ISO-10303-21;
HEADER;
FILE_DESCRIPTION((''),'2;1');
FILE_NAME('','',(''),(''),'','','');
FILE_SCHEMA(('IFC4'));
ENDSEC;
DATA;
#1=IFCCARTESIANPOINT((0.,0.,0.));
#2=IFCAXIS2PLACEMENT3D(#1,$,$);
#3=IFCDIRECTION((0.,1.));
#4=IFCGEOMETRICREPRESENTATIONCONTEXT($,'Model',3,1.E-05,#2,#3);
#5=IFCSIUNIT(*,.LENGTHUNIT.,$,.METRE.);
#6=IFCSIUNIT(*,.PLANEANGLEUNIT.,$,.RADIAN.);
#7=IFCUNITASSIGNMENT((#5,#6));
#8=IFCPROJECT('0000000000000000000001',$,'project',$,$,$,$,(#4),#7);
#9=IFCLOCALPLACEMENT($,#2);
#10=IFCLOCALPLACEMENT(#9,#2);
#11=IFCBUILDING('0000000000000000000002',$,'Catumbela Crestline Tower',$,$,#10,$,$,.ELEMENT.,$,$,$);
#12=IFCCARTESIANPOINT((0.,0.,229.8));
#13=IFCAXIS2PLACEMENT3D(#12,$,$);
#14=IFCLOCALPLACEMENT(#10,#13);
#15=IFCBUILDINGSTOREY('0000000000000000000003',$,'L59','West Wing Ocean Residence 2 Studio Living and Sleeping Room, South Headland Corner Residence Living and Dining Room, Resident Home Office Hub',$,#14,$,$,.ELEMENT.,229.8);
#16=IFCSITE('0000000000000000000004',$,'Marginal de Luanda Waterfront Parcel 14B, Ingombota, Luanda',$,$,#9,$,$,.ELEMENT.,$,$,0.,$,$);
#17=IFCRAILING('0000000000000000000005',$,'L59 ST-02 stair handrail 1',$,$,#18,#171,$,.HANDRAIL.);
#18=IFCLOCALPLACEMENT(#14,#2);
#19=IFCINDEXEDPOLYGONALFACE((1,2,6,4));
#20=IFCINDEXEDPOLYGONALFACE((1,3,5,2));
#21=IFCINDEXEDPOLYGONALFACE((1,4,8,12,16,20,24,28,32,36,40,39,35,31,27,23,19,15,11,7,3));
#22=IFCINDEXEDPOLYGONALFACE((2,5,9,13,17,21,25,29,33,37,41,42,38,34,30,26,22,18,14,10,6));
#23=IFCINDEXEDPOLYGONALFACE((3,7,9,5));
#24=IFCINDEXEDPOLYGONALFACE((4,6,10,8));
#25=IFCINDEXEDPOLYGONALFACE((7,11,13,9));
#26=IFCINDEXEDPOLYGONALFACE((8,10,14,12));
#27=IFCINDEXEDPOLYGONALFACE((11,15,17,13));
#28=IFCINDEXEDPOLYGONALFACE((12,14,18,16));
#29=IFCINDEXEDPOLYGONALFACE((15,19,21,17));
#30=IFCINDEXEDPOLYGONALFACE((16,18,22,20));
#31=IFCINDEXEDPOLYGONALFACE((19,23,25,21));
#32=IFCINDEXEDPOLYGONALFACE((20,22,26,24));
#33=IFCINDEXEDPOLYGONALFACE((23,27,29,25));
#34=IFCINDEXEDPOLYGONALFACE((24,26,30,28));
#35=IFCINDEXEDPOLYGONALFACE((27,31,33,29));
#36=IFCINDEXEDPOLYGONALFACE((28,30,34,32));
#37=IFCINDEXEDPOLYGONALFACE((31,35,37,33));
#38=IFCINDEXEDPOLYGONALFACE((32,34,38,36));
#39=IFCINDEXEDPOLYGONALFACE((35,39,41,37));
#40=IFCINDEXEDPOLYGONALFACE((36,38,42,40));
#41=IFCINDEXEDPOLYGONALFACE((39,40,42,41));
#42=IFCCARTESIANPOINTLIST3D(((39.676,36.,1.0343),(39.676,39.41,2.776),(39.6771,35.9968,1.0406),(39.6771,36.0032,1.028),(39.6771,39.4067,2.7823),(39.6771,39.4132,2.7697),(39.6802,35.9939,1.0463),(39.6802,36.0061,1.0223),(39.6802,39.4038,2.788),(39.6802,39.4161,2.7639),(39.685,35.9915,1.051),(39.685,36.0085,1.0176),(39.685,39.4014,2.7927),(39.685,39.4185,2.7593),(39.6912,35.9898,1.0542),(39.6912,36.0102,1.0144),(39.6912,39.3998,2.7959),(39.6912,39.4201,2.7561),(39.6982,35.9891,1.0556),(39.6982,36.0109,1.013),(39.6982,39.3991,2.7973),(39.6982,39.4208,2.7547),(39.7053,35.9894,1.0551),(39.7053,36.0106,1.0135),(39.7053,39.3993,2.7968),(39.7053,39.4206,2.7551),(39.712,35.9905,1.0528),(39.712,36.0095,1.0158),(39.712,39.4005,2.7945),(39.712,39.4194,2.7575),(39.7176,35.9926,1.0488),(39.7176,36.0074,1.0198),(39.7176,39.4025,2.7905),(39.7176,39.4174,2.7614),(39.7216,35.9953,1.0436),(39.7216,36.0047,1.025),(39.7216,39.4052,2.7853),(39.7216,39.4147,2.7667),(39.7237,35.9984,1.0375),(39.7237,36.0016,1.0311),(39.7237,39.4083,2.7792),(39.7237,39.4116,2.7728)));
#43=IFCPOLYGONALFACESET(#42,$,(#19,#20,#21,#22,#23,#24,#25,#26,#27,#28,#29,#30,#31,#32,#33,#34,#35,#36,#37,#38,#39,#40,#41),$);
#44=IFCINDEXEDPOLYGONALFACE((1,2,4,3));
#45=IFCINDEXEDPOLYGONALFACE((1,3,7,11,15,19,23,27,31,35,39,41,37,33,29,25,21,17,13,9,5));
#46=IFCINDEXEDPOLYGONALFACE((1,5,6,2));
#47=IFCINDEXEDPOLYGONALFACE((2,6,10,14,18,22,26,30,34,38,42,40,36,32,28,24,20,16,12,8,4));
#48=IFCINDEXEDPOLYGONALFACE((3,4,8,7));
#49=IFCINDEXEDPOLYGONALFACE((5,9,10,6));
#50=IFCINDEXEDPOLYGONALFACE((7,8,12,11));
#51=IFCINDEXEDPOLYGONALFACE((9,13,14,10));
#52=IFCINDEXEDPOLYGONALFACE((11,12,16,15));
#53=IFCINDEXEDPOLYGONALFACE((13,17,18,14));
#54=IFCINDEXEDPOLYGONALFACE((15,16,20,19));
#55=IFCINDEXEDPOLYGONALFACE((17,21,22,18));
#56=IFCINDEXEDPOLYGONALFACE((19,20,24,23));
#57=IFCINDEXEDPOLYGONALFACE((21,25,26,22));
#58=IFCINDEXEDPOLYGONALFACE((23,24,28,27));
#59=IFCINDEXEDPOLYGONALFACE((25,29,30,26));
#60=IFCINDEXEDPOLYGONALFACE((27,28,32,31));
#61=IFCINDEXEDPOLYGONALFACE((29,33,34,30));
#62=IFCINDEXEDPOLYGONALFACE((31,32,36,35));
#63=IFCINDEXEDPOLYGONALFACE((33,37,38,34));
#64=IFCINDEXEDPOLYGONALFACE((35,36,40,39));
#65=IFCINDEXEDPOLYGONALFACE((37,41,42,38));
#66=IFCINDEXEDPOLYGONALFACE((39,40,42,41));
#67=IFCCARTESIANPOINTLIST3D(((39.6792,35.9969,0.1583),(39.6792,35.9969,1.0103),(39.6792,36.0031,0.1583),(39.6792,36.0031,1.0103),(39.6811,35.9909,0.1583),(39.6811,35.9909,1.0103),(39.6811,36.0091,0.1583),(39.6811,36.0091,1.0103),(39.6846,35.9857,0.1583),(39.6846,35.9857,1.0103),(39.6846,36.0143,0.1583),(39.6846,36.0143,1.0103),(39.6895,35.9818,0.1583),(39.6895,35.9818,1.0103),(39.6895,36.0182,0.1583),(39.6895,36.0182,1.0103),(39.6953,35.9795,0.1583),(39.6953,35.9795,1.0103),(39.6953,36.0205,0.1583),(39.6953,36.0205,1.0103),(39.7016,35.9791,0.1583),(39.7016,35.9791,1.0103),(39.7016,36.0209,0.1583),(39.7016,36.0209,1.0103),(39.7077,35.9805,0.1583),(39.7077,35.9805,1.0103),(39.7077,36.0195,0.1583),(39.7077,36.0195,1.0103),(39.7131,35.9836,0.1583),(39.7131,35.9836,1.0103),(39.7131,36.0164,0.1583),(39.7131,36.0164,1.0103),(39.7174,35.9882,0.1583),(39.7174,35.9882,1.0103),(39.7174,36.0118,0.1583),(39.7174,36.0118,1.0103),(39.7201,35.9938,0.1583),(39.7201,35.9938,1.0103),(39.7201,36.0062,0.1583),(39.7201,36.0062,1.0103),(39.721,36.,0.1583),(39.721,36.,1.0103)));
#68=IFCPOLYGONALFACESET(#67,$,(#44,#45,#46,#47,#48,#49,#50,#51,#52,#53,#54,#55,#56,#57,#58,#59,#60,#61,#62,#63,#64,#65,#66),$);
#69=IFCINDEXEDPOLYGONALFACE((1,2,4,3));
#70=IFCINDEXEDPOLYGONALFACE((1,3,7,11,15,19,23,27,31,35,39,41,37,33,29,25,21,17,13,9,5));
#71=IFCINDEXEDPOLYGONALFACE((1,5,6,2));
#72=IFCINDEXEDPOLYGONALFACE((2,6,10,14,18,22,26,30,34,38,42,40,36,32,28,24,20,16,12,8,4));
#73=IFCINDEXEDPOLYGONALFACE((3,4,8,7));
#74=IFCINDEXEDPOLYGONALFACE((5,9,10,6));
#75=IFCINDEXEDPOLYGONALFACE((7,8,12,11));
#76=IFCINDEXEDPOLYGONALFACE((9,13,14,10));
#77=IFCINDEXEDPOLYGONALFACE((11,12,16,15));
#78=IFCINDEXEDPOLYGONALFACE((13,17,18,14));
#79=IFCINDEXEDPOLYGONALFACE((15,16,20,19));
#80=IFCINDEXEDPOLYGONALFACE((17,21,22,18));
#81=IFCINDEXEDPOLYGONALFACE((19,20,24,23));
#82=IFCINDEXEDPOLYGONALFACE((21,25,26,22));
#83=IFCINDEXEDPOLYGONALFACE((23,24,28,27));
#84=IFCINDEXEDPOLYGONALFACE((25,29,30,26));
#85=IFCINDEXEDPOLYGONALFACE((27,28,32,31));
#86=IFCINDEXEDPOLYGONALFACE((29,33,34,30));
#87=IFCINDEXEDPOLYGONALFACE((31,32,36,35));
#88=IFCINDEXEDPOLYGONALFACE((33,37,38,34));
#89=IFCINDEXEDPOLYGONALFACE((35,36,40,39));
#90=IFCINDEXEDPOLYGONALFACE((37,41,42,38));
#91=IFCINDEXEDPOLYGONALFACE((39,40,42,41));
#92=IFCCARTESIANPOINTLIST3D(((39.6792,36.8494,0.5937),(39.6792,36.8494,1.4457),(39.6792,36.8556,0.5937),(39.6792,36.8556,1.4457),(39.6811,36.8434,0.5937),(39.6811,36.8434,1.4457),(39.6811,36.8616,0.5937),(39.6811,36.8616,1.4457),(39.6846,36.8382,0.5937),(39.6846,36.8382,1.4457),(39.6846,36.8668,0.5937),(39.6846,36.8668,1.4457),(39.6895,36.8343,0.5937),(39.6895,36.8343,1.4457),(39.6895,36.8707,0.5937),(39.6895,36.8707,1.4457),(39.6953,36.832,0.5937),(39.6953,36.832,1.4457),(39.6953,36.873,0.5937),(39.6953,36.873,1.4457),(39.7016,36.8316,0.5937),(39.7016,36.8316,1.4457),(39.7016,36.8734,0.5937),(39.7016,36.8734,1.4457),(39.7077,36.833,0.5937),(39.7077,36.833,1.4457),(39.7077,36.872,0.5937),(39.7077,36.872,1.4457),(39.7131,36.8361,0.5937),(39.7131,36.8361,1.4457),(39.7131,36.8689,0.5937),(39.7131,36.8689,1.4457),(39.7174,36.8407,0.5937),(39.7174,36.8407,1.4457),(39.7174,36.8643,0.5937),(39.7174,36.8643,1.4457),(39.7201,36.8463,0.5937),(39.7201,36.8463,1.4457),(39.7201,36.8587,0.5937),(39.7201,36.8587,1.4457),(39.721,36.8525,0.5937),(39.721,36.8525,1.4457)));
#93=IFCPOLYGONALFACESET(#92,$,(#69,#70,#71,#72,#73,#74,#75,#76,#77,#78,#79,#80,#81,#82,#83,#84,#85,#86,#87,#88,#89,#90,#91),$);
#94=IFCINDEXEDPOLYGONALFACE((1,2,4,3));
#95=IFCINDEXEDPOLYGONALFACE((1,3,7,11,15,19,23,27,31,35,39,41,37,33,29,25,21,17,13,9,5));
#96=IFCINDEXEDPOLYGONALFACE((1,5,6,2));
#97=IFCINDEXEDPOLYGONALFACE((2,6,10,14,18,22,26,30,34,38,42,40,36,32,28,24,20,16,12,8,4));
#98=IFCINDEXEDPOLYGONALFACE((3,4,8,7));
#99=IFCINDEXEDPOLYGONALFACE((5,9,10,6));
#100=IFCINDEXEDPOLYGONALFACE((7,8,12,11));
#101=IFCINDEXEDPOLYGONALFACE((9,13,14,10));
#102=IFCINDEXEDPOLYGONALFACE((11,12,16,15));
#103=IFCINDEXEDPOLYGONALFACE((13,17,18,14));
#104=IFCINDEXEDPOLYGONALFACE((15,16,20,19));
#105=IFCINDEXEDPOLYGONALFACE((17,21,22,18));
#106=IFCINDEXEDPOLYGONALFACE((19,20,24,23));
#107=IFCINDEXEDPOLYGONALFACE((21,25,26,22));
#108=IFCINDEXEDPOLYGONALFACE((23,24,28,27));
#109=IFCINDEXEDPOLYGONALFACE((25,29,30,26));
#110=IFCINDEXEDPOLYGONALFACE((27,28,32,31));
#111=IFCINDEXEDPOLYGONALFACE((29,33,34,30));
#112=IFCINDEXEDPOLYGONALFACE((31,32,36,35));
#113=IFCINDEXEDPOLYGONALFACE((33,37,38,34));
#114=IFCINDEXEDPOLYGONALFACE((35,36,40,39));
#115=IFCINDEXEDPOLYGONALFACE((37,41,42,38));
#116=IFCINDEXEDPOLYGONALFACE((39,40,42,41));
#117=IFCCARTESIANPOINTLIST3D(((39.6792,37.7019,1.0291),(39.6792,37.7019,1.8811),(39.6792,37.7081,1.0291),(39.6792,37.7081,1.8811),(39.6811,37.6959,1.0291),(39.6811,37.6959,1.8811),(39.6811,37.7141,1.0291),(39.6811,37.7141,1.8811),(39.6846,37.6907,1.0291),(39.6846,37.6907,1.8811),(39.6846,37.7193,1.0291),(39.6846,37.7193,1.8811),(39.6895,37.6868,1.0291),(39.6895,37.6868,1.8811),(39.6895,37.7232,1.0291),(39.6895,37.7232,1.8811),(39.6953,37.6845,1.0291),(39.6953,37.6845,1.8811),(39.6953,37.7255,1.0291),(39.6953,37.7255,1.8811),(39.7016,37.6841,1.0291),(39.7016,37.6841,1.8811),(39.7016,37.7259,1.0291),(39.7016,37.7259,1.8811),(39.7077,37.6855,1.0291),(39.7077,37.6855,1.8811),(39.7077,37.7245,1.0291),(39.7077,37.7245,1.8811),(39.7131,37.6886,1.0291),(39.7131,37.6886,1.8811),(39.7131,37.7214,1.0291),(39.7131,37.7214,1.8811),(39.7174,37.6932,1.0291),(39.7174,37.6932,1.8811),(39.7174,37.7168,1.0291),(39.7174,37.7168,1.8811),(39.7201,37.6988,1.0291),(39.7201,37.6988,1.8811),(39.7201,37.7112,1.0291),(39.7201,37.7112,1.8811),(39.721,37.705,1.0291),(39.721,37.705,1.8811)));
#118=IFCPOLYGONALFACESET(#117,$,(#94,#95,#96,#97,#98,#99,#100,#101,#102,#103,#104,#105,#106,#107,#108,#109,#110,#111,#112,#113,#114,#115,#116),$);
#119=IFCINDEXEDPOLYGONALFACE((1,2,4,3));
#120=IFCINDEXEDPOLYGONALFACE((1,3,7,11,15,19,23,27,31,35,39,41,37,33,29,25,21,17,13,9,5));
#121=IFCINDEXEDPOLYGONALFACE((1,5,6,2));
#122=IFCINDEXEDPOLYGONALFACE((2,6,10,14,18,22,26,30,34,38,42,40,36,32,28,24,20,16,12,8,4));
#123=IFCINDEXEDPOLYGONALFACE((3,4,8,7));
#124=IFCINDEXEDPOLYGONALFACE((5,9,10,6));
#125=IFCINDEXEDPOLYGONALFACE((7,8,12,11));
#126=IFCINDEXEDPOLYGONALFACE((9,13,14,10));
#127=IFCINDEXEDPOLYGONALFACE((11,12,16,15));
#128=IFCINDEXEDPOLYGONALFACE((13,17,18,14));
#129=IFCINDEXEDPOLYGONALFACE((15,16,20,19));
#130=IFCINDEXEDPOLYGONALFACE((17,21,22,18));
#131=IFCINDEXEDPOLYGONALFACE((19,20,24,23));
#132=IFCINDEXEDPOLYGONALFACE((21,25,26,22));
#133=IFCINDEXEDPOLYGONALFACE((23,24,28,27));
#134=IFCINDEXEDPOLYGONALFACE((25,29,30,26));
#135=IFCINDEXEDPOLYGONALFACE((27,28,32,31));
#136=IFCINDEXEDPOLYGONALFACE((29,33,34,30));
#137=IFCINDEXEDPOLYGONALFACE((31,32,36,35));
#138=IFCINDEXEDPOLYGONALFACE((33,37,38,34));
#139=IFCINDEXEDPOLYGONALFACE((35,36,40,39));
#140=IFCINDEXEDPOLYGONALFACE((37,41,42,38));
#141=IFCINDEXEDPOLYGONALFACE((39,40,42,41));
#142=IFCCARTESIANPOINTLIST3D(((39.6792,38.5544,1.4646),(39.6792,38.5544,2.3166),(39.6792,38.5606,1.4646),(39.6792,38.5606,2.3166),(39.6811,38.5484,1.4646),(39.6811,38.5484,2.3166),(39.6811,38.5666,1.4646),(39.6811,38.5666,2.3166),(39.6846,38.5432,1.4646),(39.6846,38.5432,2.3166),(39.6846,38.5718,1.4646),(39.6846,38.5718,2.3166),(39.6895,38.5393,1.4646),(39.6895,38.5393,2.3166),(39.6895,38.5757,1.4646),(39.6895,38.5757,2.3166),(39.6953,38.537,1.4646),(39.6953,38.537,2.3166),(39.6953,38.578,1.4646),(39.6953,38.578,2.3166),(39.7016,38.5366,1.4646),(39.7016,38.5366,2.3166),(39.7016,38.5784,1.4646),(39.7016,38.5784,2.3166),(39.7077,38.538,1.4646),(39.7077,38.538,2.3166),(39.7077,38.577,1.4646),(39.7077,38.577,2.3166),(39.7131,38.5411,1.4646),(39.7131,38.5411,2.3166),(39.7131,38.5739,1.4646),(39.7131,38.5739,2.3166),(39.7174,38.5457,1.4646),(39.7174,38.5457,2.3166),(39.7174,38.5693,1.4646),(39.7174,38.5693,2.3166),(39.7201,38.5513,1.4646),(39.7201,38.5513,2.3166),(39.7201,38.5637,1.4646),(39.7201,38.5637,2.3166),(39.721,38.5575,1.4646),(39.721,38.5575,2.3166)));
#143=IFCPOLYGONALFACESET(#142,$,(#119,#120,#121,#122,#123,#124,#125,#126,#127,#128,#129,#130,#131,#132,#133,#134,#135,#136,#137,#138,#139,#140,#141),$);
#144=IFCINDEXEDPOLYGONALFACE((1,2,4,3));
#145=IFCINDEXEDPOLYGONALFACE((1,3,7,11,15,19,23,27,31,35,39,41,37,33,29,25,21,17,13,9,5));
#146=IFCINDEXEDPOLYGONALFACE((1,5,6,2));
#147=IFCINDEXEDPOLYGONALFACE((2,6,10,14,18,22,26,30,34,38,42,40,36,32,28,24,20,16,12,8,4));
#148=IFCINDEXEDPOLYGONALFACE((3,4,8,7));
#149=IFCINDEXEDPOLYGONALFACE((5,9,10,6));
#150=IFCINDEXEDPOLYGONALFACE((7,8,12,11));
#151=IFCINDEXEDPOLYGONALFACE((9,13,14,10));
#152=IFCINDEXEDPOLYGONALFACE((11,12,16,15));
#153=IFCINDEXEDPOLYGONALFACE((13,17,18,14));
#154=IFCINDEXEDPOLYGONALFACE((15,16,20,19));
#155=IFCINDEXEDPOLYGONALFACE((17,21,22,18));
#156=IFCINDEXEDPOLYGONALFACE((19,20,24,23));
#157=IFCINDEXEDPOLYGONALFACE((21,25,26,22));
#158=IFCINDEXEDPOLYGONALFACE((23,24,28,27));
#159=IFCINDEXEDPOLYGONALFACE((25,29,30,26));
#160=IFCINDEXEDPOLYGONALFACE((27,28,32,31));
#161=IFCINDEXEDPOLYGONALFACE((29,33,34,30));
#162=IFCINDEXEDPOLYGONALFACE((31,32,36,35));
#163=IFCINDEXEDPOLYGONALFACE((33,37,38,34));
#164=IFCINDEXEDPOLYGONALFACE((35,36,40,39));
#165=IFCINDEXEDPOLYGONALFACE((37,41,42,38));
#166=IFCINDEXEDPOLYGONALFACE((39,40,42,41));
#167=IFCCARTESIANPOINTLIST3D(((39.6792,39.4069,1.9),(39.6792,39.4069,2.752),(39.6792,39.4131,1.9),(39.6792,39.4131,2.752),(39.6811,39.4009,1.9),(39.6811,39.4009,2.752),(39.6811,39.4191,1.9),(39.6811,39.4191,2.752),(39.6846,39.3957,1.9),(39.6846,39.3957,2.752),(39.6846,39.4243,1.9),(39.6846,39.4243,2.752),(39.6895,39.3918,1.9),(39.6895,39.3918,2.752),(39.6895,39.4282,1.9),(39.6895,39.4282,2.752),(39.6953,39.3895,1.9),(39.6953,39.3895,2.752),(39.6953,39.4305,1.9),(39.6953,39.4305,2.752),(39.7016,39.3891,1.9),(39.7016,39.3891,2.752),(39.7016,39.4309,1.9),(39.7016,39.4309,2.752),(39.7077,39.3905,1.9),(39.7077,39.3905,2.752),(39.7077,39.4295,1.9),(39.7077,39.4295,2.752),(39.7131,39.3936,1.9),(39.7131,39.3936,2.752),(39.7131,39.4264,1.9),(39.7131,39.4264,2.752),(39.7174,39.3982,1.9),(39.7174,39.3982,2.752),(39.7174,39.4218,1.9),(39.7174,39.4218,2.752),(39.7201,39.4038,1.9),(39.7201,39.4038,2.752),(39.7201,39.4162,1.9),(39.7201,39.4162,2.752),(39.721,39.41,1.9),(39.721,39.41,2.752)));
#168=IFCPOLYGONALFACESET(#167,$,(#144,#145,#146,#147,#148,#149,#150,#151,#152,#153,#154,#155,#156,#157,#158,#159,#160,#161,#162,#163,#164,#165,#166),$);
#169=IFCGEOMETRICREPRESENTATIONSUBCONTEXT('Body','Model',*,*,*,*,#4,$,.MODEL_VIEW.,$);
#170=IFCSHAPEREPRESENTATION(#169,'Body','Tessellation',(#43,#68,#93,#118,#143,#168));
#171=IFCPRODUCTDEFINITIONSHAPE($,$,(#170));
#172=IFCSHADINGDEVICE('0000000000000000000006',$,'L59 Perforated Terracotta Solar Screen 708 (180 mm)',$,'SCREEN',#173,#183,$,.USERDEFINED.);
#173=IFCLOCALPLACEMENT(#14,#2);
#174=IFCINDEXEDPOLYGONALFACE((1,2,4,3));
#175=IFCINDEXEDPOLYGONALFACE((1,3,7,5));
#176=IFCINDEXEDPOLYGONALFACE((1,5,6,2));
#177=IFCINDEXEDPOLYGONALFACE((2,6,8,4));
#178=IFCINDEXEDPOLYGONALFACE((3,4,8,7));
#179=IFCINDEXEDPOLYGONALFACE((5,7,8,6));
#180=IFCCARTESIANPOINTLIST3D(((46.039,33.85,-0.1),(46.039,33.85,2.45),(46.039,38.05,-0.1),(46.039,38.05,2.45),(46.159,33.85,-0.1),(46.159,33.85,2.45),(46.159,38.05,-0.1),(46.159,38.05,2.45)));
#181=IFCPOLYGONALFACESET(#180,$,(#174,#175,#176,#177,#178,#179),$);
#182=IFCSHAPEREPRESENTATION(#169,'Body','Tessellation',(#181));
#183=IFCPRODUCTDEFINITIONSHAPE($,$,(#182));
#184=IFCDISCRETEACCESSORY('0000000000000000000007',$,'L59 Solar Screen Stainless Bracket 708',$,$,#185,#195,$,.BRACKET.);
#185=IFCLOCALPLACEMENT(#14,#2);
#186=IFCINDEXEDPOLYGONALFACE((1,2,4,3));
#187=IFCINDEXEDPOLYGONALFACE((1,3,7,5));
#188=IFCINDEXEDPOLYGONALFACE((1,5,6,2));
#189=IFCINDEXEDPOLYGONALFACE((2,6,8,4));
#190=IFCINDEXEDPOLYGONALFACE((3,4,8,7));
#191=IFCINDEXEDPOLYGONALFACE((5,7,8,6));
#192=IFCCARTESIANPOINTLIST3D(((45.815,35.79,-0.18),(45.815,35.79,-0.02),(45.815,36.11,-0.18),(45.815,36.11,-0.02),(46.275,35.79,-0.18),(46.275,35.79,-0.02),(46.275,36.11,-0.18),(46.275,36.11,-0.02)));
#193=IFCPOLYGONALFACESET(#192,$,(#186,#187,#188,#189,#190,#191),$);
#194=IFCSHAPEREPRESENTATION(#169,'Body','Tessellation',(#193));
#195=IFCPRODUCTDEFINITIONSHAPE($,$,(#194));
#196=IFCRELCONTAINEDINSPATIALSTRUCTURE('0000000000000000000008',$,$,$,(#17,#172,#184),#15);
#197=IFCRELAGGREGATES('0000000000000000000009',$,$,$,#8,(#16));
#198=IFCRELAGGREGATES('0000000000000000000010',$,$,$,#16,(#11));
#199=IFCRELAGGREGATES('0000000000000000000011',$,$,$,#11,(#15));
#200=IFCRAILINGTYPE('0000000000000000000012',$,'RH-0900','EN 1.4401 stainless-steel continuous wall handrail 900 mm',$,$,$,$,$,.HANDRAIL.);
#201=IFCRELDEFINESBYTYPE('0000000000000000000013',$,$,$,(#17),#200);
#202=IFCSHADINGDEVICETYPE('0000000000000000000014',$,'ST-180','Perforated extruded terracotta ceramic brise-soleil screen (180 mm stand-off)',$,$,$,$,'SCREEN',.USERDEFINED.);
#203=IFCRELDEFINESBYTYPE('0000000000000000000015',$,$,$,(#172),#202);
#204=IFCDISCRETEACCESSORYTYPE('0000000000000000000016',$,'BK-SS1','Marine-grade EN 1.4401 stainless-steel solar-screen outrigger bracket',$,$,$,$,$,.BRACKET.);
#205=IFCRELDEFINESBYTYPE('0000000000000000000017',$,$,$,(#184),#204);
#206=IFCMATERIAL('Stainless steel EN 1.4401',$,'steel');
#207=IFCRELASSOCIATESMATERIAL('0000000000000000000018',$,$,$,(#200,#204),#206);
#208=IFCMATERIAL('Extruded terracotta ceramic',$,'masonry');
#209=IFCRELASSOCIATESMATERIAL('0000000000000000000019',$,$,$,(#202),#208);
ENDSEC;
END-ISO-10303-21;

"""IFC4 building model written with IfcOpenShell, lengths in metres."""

from ifc_helpers import new_model, si_unit, direction, frame, origin, origin_2d, place, context, subcontext, project, spatial, rectangle, circle, extrude, material, type_object, element, save


model = new_model("IFC4")

# Units and contexts
model_context = context("Model", 3, precision=1e-05, world=origin(), true_north=direction((0.0, 1.0)))
body_context = subcontext(model_context, "Body", "Model", "MODEL_VIEW")
ifc_project = project(units=[si_unit("LENGTHUNIT", "METRE"), si_unit("PLANEANGLEUNIT", "RADIAN")], contexts=[model_context])

# Site, building, storey
site_placement = place(None, origin())
site = spatial("IfcSite", under=ifc_project, at=site_placement, Name="Marginal de Luanda Waterfront Parcel 14B, Ingombota, Luanda", CompositionType="ELEMENT", RefElevation=0.0)
building_placement = place(site_placement, origin())
building = spatial("IfcBuilding", under=site, at=building_placement, Name="Catumbela Crestline Tower", CompositionType="ELEMENT")
storey_placement = place(building_placement, frame((0.0, 0.0, 229.8)))
storey = spatial("IfcBuildingStorey", under=building, at=storey_placement, Name="L59", Description="West Wing Ocean Residence 2 Studio Living and Sleeping Room, South Headland Corner Residence Living and Dining Room, Resident Home Office Hub", CompositionType="ELEMENT", Elevation=229.8)

# Railing
ifc_material_1 = material(Name="Stainless steel EN 1.4401", Category="steel")
railing_type_1 = type_object("IfcRailingType", Name="RH-0900", Description="EN 1.4401 stainless-steel continuous wall handrail 900 mm", PredefinedType="HANDRAIL", material=ifc_material_1)
railing_1_placement = place(storey_placement, frame((39.7, 36.0, 0.1583)))
element("IfcRailing", 1, at=railing_1_placement, inside=storey, type_object=railing_type_1, Name="L59 ST-02 stair handrail 1", PredefinedType="HANDRAIL", context=body_context, shape_type="SweptSolid", body=[
    extrude(circle(Radius=0.024, at=origin_2d()), frame((0.0, 0.0, 0.876), z_axis=(0.0, 0.89056, 0.454865), x_axis=(-1.0, 0.0, 0.0)), (0.0, 0.0, 1.0), 3.829),
    extrude(circle(Radius=0.021, at=origin_2d()), origin(), (0.0, 0.0, 1.0), 0.852),
    extrude(circle(Radius=0.021, at=origin_2d()), frame((0.0, 0.8525, 0.4354)), (0.0, 0.0, 1.0), 0.852),
    extrude(circle(Radius=0.021, at=origin_2d()), frame((0.0, 1.705, 0.8708)), (0.0, 0.0, 1.0), 0.852),
    extrude(circle(Radius=0.021, at=origin_2d()), frame((0.0, 2.5575, 1.3063)), (0.0, 0.0, 1.0), 0.852),
    extrude(circle(Radius=0.021, at=origin_2d()), frame((0.0, 3.41, 1.7417)), (0.0, 0.0, 1.0), 0.852),
])

# Shading device
ifc_material_2 = material(Name="Extruded terracotta ceramic", Category="masonry")
shading_device_type = type_object("IfcShadingDeviceType", Name="ST-180", Description="Perforated extruded terracotta ceramic brise-soleil screen (180 mm stand-off)", ElementType="SCREEN", PredefinedType="USERDEFINED", material=ifc_material_2)
shading_device_placement = place(storey_placement, frame((46.099, 35.95, -0.1), z_axis=(0.0, 0.0, 1.0), x_axis=(0.0, 1.0, 0.0)))
element("IfcShadingDevice", 2, at=shading_device_placement, inside=storey, type_object=shading_device_type, Name="L59 Perforated Terracotta Solar Screen 708 (180 mm)", ObjectType="SCREEN", PredefinedType="USERDEFINED", context=body_context, shape_type="SweptSolid", body=[
    extrude(rectangle(XDim=4.2, YDim=0.12, at=origin_2d()), origin(), (0.0, 0.0, 1.0), 2.55),
])

# Discrete accessory
discrete_accessory_type = type_object("IfcDiscreteAccessoryType", Name="BK-SS1", Description="Marine-grade EN 1.4401 stainless-steel solar-screen outrigger bracket", PredefinedType="BRACKET", material=ifc_material_1)
discrete_accessory_placement = place(storey_placement, frame((46.045, 35.95, -0.18), z_axis=(0.0, 0.0, 1.0), x_axis=(0.0, 1.0, 0.0)))
element("IfcDiscreteAccessory", 3, at=discrete_accessory_placement, inside=storey, type_object=discrete_accessory_type, Name="L59 Solar Screen Stainless Bracket 708", PredefinedType="BRACKET", context=body_context, shape_type="SweptSolid", body=[
    extrude(rectangle(XDim=0.32, YDim=0.46, at=origin_2d()), origin(), (0.0, 0.0, 1.0), 0.16),
])

save(model, "model.ifc")
